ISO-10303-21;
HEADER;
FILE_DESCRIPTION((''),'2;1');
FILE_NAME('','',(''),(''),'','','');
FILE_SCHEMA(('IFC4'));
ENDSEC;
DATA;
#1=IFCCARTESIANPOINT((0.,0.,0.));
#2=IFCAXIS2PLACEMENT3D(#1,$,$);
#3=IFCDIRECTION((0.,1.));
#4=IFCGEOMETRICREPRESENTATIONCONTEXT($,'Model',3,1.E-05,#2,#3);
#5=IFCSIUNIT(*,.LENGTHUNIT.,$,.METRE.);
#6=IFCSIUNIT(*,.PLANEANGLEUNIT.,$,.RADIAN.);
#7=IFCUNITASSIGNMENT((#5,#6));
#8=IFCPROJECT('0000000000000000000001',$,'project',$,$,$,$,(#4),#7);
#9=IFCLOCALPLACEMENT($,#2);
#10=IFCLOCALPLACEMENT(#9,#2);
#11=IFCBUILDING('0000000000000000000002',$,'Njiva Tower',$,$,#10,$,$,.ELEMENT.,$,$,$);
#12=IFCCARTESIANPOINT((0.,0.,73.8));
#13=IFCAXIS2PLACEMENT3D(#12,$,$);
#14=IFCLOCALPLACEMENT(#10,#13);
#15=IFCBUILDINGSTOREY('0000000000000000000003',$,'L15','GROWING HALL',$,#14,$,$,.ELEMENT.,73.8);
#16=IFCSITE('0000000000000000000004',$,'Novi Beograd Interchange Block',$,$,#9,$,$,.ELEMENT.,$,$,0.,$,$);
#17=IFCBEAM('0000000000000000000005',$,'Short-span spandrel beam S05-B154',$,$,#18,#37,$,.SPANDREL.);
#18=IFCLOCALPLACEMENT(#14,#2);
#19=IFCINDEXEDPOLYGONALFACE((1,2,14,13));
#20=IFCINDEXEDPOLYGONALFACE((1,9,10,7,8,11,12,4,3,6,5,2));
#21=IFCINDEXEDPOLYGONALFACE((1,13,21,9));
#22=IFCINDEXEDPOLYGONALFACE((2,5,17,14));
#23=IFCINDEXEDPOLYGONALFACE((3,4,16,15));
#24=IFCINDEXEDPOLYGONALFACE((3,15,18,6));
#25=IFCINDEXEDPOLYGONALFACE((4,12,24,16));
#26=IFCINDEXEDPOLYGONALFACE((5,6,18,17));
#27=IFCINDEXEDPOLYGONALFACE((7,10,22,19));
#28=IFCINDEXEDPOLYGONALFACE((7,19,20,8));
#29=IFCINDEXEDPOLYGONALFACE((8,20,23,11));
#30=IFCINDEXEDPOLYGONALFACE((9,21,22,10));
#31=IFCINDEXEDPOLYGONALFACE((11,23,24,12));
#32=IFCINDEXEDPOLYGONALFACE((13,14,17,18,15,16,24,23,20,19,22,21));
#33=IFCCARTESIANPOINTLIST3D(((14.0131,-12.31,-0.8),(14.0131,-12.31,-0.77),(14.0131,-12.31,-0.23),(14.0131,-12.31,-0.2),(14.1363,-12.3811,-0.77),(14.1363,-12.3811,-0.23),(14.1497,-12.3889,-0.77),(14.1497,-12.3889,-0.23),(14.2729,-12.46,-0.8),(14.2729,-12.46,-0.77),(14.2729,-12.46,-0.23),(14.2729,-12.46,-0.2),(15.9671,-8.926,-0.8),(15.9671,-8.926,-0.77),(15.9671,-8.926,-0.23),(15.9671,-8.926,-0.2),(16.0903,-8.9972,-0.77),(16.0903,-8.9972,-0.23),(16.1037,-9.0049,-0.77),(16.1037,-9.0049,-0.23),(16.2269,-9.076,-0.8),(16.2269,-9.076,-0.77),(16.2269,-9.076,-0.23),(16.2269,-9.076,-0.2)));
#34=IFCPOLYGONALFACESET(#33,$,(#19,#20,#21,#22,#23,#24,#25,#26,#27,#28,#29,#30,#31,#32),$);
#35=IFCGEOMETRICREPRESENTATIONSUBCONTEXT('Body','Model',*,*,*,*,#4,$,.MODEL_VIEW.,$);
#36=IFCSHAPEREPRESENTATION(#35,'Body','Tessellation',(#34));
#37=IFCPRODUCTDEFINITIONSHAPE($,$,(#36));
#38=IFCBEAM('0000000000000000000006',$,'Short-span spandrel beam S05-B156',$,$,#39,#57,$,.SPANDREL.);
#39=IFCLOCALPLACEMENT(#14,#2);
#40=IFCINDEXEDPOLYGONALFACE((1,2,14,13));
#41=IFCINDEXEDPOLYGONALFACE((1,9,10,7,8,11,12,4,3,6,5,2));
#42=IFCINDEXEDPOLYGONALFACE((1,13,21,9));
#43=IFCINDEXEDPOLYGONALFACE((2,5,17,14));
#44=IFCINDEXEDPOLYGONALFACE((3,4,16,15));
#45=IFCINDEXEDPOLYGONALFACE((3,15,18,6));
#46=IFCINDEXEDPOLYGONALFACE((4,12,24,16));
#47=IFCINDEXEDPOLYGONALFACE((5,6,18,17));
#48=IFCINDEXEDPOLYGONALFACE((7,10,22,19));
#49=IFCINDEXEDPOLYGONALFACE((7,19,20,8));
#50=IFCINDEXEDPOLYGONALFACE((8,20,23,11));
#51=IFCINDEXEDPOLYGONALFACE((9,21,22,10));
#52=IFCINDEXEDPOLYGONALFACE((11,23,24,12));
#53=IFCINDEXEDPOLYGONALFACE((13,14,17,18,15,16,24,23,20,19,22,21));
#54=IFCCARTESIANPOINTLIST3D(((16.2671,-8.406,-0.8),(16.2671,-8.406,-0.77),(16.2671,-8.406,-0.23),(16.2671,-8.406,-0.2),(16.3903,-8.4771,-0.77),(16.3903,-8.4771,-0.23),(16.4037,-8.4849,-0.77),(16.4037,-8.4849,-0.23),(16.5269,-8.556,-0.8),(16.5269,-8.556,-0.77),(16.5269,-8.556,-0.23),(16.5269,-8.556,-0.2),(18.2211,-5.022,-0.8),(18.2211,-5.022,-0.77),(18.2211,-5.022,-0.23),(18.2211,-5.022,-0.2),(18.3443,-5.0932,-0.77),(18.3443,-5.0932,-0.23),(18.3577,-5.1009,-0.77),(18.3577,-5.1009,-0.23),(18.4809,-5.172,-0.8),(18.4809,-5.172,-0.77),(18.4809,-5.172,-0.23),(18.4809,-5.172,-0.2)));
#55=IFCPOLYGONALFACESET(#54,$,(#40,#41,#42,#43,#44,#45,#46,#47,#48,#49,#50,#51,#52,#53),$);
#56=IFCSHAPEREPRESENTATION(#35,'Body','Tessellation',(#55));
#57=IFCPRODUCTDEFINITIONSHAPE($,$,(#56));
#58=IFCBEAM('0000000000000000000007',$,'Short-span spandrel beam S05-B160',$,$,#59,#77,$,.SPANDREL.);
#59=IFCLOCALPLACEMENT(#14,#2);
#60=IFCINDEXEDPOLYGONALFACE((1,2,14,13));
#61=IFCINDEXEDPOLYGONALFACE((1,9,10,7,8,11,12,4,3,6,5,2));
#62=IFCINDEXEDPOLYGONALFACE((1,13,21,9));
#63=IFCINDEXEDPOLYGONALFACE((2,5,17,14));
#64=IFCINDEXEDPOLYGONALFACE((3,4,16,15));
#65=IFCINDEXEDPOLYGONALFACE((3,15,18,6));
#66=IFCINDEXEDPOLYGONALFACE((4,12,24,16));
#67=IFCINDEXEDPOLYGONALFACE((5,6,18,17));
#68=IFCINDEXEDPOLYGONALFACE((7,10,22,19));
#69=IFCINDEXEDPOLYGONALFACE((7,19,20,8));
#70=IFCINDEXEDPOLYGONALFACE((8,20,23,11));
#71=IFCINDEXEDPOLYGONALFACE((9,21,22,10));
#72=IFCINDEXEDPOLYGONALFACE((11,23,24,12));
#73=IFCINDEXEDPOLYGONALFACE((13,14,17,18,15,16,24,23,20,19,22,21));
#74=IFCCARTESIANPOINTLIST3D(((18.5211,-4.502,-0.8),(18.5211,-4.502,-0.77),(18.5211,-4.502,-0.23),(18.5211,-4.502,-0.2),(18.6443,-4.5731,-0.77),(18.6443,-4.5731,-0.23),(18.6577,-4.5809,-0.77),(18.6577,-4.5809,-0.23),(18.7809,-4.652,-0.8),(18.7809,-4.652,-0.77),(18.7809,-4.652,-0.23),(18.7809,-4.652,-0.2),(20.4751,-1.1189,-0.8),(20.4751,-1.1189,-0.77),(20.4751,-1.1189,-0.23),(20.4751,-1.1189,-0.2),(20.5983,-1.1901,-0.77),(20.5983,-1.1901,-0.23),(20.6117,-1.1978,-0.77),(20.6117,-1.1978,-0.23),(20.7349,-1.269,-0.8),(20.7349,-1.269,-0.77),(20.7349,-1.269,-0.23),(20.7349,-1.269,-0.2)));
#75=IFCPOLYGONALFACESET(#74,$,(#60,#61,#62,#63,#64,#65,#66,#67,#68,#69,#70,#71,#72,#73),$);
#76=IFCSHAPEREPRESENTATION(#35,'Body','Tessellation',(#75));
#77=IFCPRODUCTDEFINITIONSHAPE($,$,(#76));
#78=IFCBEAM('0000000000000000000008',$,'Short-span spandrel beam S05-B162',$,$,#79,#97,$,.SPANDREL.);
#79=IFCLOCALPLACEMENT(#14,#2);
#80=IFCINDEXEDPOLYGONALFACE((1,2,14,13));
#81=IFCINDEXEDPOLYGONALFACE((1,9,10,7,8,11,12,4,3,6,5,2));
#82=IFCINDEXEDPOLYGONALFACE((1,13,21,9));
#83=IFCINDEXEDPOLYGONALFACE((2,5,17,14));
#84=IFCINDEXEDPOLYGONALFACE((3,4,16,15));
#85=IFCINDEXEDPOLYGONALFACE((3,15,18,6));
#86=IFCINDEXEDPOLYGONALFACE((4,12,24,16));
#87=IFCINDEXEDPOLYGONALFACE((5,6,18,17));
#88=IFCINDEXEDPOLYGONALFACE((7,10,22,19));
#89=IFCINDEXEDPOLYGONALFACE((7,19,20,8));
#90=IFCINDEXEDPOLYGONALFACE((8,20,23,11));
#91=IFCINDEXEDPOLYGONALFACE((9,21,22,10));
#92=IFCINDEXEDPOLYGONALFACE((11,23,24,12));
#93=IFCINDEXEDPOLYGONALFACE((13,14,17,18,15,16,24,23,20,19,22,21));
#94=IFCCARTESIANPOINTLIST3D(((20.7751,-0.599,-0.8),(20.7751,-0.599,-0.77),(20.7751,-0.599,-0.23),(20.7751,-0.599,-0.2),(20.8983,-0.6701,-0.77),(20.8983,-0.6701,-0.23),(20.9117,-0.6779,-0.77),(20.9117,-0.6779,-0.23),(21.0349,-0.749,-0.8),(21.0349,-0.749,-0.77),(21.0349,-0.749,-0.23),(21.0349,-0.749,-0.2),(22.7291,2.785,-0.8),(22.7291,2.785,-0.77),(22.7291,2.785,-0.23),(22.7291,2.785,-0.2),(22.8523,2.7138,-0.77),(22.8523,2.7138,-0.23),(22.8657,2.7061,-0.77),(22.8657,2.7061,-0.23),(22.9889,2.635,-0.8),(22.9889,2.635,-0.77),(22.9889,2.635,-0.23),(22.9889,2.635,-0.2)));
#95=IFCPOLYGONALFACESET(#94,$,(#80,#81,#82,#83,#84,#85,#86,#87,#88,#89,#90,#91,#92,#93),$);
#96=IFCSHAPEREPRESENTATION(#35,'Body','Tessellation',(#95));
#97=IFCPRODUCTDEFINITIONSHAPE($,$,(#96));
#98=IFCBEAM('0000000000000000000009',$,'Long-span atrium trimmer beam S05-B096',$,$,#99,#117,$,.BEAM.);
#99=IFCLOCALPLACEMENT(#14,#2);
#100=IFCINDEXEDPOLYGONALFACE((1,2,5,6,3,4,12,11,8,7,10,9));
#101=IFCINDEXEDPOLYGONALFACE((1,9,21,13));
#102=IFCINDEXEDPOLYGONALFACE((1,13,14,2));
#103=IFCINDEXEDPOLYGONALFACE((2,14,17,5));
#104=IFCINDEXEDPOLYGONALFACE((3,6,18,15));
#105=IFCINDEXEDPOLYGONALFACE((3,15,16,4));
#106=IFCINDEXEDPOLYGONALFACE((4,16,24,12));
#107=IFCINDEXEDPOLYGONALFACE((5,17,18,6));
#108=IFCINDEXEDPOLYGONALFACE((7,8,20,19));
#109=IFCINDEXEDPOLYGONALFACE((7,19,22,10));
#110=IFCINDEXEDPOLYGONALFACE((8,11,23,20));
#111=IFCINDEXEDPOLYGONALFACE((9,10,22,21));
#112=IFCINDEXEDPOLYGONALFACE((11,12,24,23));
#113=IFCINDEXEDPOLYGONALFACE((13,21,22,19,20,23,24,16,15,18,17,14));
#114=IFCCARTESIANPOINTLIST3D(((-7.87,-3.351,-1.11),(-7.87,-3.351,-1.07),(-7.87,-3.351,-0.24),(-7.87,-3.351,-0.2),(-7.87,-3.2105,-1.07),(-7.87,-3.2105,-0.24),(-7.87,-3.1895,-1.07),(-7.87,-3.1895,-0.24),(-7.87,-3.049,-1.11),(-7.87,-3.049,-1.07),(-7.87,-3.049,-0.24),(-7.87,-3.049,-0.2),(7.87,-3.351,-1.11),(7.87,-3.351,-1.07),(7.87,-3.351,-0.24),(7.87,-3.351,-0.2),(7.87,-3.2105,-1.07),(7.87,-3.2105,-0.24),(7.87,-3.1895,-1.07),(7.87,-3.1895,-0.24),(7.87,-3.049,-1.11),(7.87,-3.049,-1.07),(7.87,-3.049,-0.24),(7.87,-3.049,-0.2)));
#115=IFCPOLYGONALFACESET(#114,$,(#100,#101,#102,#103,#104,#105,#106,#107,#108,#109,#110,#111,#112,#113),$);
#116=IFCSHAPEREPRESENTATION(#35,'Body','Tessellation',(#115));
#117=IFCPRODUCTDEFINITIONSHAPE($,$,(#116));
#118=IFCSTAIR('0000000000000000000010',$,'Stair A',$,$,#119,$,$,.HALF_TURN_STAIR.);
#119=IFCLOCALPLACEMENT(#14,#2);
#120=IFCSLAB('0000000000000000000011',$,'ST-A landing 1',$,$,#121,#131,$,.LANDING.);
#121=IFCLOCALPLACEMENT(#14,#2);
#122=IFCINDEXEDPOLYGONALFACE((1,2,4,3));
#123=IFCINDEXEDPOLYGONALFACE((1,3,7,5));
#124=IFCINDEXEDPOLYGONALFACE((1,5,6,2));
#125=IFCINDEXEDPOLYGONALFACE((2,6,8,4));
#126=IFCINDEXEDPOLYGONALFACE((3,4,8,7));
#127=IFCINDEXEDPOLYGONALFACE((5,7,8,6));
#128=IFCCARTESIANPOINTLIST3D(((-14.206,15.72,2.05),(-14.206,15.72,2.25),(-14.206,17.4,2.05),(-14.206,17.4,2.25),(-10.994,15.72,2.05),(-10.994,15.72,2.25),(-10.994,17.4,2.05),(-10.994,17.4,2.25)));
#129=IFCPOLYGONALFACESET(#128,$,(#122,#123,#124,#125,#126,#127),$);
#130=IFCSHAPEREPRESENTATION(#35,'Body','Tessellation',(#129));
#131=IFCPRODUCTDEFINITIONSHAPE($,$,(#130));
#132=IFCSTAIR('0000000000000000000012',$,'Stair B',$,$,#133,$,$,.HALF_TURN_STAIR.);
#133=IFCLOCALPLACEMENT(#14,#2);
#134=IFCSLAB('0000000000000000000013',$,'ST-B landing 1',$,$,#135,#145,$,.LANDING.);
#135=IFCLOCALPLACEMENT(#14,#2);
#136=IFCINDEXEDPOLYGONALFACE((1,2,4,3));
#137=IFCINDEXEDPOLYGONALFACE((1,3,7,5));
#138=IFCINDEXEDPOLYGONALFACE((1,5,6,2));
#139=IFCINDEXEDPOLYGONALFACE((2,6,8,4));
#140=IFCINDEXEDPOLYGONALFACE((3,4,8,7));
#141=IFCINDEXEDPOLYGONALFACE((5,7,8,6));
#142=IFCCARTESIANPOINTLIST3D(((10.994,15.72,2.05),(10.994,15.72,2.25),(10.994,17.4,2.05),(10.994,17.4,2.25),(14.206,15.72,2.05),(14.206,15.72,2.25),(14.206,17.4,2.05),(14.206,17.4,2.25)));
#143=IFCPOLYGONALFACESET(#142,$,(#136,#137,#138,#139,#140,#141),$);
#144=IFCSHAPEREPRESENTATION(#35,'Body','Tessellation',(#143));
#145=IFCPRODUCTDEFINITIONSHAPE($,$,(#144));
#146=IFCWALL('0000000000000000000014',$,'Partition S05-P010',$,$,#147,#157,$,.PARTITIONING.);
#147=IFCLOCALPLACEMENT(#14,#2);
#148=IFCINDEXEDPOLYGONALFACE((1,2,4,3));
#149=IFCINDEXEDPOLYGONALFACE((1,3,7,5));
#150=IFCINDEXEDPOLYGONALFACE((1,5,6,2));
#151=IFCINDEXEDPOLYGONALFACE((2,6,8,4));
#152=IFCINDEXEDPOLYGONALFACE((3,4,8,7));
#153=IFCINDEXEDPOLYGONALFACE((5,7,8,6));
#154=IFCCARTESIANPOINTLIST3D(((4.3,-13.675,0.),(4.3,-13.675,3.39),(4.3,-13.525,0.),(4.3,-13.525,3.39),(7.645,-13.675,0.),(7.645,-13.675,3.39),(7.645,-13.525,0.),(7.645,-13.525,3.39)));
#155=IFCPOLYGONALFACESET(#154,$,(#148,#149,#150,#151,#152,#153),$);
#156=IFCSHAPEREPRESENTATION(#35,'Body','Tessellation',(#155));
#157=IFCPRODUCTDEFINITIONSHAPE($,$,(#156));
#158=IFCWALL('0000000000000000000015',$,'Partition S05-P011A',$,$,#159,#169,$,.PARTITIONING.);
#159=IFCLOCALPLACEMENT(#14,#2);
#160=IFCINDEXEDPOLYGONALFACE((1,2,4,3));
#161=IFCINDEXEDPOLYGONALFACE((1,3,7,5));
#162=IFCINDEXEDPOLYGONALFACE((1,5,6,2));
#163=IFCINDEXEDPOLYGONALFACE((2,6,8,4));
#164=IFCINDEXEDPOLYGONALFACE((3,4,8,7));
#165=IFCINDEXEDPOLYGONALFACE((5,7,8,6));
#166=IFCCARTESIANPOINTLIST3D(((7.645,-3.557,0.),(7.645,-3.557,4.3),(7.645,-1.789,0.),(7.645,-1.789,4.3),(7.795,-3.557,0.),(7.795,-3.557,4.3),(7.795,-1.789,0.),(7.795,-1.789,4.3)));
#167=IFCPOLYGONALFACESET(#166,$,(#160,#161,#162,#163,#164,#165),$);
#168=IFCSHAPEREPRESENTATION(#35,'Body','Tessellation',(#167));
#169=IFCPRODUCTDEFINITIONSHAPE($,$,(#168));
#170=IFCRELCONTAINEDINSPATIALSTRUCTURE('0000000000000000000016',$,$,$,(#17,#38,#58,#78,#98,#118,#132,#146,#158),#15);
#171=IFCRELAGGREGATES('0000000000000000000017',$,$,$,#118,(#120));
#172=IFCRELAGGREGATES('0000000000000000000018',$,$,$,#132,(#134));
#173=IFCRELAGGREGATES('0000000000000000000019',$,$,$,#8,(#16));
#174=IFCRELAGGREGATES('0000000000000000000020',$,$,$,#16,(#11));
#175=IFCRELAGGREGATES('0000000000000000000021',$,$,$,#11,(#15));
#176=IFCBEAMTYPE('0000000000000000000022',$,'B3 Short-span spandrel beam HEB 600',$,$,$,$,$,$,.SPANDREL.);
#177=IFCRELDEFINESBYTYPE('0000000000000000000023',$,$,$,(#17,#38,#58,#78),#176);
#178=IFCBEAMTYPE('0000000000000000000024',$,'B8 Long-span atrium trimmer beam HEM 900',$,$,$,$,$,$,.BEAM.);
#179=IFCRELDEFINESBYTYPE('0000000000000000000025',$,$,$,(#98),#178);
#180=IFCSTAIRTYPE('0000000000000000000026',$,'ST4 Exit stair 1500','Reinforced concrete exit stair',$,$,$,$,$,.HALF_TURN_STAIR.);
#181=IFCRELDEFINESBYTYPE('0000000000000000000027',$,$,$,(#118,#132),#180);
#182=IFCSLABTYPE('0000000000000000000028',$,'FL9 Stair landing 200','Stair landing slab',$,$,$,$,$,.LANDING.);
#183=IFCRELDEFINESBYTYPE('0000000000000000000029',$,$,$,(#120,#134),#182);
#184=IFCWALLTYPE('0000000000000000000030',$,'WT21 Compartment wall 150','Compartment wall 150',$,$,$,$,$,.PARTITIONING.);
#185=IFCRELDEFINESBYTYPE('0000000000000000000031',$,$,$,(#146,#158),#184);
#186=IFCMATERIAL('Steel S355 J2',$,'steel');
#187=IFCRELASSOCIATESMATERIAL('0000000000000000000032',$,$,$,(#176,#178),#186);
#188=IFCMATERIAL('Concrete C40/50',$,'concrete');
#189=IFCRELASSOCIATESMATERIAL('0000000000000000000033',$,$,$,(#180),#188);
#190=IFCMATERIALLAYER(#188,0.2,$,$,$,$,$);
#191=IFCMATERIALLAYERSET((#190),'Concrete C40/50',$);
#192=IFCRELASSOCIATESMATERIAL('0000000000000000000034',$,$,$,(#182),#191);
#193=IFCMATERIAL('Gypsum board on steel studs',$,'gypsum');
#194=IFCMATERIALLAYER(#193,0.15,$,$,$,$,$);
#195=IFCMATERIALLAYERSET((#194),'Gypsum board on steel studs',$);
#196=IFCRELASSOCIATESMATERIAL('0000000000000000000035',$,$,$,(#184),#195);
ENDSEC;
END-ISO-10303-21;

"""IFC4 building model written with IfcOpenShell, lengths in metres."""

from ifc_helpers import new_model, si_unit, direction, frame, frame_2d, origin, origin_2d, place, context, subcontext, project, spatial, polyline, rectangle, i_section, outline, extrude, material, layer, layer_set, material_profile, profile_set, type_object, element, aggregate, save


model = new_model("IFC4")

# Units and contexts
model_context = context("Model", 3, precision=1e-05, world=origin(), true_north=direction((0.0, 1.0)))
body_context = subcontext(model_context, "Body", "Model", "MODEL_VIEW")
ifc_project = project(units=[si_unit("LENGTHUNIT", "METRE"), si_unit("PLANEANGLEUNIT", "RADIAN")], contexts=[model_context])

# Site, building, storey
site_placement = place(None, origin())
site = spatial("IfcSite", under=ifc_project, at=site_placement, Name="Novi Beograd Interchange Block", CompositionType="ELEMENT", RefElevation=0.0)
building_placement = place(site_placement, origin())
building = spatial("IfcBuilding", under=site, at=building_placement, Name="Njiva Tower", CompositionType="ELEMENT")
storey_placement = place(building_placement, frame((0.0, 0.0, 73.8)))
storey = spatial("IfcBuildingStorey", under=building, at=storey_placement, Name="L15", Description="GROWING HALL", CompositionType="ELEMENT", Elevation=73.8)

# Shared definitions
ifc_material_1 = material(Name="Steel S355 J2", Category="steel")

# Beams
ifc_material_profile_1 = material_profile(ifc_material_1, i_section(OverallWidth=0.3, OverallDepth=0.6, WebThickness=0.0155, FlangeThickness=0.03, at=origin_2d()), Name="HEB 600")
ifc_profile_set_1 = profile_set([ifc_material_profile_1], Name="Steel S355 J2")
beam_type_1 = type_object("IfcBeamType", Name="B3 Short-span spandrel beam HEB 600", PredefinedType="SPANDREL", material=ifc_profile_set_1)
for number, where, z_axis, x_axis, name in (
    (1, (14.143, -12.385, -0.5), (0.500047, 0.865998, 0.0), (-0.865998, 0.500047, 0.0), "Short-span spandrel beam S05-B154"),
    (2, (16.397, -8.481, -0.5), (0.500047, 0.865998, 0.0), (-0.865998, 0.500047, 0.0), "Short-span spandrel beam S05-B156"),
):
    element("IfcBeam", number, at=place(storey_placement, frame(where, z_axis=z_axis, x_axis=x_axis)), inside=storey, type_object=beam_type_1, Name=name, PredefinedType="SPANDREL", context=body_context, shape_type="SweptSolid", body=[
        extrude(i_section(OverallWidth=0.3, OverallDepth=0.6, WebThickness=0.0155, FlangeThickness=0.03, at=origin_2d()), origin(), (0.0, 0.0, 1.0), 3.9076),
    ])
beam_1_placement = place(storey_placement, frame((18.651, -4.577, -0.5), z_axis=(0.500158, 0.865934, 0.0), x_axis=(-0.865934, 0.500158, 0.0)))
element("IfcBeam", 3, at=beam_1_placement, inside=storey, type_object=beam_type_1, Name="Short-span spandrel beam S05-B160", PredefinedType="SPANDREL", context=body_context, shape_type="SweptSolid", body=[
    extrude(i_section(OverallWidth=0.3, OverallDepth=0.6, WebThickness=0.0155, FlangeThickness=0.03, at=origin_2d()), origin(), (0.0, 0.0, 1.0), 3.9068),
])
beam_2_placement = place(storey_placement, frame((20.905, -0.674, -0.5), z_axis=(0.500047, 0.865998, 0.0), x_axis=(-0.865998, 0.500047, 0.0)))
element("IfcBeam", 4, at=beam_2_placement, inside=storey, type_object=beam_type_1, Name="Short-span spandrel beam S05-B162", PredefinedType="SPANDREL", context=body_context, shape_type="SweptSolid", body=[
    extrude(i_section(OverallWidth=0.3, OverallDepth=0.6, WebThickness=0.0155, FlangeThickness=0.03, at=origin_2d()), origin(), (0.0, 0.0, 1.0), 3.9076),
])
ifc_material_profile_2 = material_profile(ifc_material_1, i_section(OverallWidth=0.302, OverallDepth=0.91, WebThickness=0.021, FlangeThickness=0.04, at=origin_2d()), Name="HEM 900")
ifc_profile_set_2 = profile_set([ifc_material_profile_2], Name="Steel S355 J2")
beam_type_2 = type_object("IfcBeamType", Name="B8 Long-span atrium trimmer beam HEM 900", PredefinedType="BEAM", material=ifc_profile_set_2)
beam_3_placement = place(storey_placement, frame((7.87, -3.2, -0.655), z_axis=(-1.0, 0.0, 0.0), x_axis=(0.0, -1.0, 0.0)))
element("IfcBeam", 5, at=beam_3_placement, inside=storey, type_object=beam_type_2, Name="Long-span atrium trimmer beam S05-B096", PredefinedType="BEAM", context=body_context, shape_type="SweptSolid", body=[
    extrude(i_section(OverallWidth=0.302, OverallDepth=0.91, WebThickness=0.021, FlangeThickness=0.04, at=origin_2d()), origin(), (0.0, 0.0, 1.0), 15.74),
])

# Stairs, slabs
ifc_material_2 = material(Name="Concrete C40/50", Category="concrete")
stair_type = type_object("IfcStairType", Name="ST4 Exit stair 1500", Description="Reinforced concrete exit stair", PredefinedType="HALF_TURN_STAIR", material=ifc_material_2)
stair_1_placement = place(storey_placement, origin())
stair_1 = element("IfcStair", 6, at=stair_1_placement, inside=storey, type_object=stair_type, Name="Stair A", PredefinedType="HALF_TURN_STAIR")
ifc_layer_1 = layer(ifc_material_2, 0.2)
ifc_layer_set_1 = layer_set([ifc_layer_1], Name="Concrete C40/50")
slab_type = type_object("IfcSlabType", Name="FL9 Stair landing 200", Description="Stair landing slab", PredefinedType="LANDING", material=ifc_layer_set_1)
slab_1_placement = place(storey_placement, frame((0.0, 0.0, 2.05)))
slab_1 = element("IfcSlab", 7, at=slab_1_placement, type_object=slab_type, Name="ST-A landing 1", PredefinedType="LANDING", context=body_context, shape_type="SweptSolid", body=[
    extrude(outline(polyline([(-14.206, 15.72), (-10.994, 15.72), (-10.994, 17.4), (-14.206, 17.4), (-14.206, 15.72)])), origin(), (0.0, 0.0, 1.0), 0.2),
])
aggregate(stair_1, [slab_1])
stair_2_placement = place(storey_placement, origin())
stair_2 = element("IfcStair", 8, at=stair_2_placement, inside=storey, type_object=stair_type, Name="Stair B", PredefinedType="HALF_TURN_STAIR")
slab_2_placement = place(storey_placement, frame((0.0, 0.0, 2.05)))
slab_2 = element("IfcSlab", 9, at=slab_2_placement, type_object=slab_type, Name="ST-B landing 1", PredefinedType="LANDING", context=body_context, shape_type="SweptSolid", body=[
    extrude(outline(polyline([(10.994, 15.72), (14.206, 15.72), (14.206, 17.4), (10.994, 17.4), (10.994, 15.72)])), origin(), (0.0, 0.0, 1.0), 0.2),
])
aggregate(stair_2, [slab_2])

# Walls
ifc_material_3 = material(Name="Gypsum board on steel studs", Category="gypsum")
ifc_layer_2 = layer(ifc_material_3, 0.15)
ifc_layer_set_2 = layer_set([ifc_layer_2], Name="Gypsum board on steel studs")
wall_type_1 = type_object("IfcWallType", Name="WT21 Compartment wall 150", Description="Compartment wall 150", PredefinedType="PARTITIONING", material=ifc_layer_set_2)
wall_1_placement = place(storey_placement, frame((4.3, -13.6, 0.0), z_axis=(0.0, 0.0, 1.0), x_axis=(1.0, 0.0, 0.0)))
element("IfcWall", 10, at=wall_1_placement, inside=storey, type_object=wall_type_1, Name="Partition S05-P010", PredefinedType="PARTITIONING", context=body_context, shape_type="SweptSolid", body=[
    extrude(rectangle(XDim=3.345, YDim=0.15, at=frame_2d((1.6725, 0.0))), origin(), (0.0, 0.0, 1.0), 3.39),
])
wall_2_placement = place(storey_placement, frame((7.72, -3.557, 0.0), z_axis=(0.0, 0.0, 1.0), x_axis=(0.0, 1.0, 0.0)))
element("IfcWall", 11, at=wall_2_placement, inside=storey, type_object=wall_type_1, Name="Partition S05-P011A", PredefinedType="PARTITIONING", context=body_context, shape_type="SweptSolid", body=[
    extrude(rectangle(XDim=1.768, YDim=0.15, at=frame_2d((0.884, 0.0))), origin(), (0.0, 0.0, 1.0), 4.3),
])

save(model, "model.ifc")
